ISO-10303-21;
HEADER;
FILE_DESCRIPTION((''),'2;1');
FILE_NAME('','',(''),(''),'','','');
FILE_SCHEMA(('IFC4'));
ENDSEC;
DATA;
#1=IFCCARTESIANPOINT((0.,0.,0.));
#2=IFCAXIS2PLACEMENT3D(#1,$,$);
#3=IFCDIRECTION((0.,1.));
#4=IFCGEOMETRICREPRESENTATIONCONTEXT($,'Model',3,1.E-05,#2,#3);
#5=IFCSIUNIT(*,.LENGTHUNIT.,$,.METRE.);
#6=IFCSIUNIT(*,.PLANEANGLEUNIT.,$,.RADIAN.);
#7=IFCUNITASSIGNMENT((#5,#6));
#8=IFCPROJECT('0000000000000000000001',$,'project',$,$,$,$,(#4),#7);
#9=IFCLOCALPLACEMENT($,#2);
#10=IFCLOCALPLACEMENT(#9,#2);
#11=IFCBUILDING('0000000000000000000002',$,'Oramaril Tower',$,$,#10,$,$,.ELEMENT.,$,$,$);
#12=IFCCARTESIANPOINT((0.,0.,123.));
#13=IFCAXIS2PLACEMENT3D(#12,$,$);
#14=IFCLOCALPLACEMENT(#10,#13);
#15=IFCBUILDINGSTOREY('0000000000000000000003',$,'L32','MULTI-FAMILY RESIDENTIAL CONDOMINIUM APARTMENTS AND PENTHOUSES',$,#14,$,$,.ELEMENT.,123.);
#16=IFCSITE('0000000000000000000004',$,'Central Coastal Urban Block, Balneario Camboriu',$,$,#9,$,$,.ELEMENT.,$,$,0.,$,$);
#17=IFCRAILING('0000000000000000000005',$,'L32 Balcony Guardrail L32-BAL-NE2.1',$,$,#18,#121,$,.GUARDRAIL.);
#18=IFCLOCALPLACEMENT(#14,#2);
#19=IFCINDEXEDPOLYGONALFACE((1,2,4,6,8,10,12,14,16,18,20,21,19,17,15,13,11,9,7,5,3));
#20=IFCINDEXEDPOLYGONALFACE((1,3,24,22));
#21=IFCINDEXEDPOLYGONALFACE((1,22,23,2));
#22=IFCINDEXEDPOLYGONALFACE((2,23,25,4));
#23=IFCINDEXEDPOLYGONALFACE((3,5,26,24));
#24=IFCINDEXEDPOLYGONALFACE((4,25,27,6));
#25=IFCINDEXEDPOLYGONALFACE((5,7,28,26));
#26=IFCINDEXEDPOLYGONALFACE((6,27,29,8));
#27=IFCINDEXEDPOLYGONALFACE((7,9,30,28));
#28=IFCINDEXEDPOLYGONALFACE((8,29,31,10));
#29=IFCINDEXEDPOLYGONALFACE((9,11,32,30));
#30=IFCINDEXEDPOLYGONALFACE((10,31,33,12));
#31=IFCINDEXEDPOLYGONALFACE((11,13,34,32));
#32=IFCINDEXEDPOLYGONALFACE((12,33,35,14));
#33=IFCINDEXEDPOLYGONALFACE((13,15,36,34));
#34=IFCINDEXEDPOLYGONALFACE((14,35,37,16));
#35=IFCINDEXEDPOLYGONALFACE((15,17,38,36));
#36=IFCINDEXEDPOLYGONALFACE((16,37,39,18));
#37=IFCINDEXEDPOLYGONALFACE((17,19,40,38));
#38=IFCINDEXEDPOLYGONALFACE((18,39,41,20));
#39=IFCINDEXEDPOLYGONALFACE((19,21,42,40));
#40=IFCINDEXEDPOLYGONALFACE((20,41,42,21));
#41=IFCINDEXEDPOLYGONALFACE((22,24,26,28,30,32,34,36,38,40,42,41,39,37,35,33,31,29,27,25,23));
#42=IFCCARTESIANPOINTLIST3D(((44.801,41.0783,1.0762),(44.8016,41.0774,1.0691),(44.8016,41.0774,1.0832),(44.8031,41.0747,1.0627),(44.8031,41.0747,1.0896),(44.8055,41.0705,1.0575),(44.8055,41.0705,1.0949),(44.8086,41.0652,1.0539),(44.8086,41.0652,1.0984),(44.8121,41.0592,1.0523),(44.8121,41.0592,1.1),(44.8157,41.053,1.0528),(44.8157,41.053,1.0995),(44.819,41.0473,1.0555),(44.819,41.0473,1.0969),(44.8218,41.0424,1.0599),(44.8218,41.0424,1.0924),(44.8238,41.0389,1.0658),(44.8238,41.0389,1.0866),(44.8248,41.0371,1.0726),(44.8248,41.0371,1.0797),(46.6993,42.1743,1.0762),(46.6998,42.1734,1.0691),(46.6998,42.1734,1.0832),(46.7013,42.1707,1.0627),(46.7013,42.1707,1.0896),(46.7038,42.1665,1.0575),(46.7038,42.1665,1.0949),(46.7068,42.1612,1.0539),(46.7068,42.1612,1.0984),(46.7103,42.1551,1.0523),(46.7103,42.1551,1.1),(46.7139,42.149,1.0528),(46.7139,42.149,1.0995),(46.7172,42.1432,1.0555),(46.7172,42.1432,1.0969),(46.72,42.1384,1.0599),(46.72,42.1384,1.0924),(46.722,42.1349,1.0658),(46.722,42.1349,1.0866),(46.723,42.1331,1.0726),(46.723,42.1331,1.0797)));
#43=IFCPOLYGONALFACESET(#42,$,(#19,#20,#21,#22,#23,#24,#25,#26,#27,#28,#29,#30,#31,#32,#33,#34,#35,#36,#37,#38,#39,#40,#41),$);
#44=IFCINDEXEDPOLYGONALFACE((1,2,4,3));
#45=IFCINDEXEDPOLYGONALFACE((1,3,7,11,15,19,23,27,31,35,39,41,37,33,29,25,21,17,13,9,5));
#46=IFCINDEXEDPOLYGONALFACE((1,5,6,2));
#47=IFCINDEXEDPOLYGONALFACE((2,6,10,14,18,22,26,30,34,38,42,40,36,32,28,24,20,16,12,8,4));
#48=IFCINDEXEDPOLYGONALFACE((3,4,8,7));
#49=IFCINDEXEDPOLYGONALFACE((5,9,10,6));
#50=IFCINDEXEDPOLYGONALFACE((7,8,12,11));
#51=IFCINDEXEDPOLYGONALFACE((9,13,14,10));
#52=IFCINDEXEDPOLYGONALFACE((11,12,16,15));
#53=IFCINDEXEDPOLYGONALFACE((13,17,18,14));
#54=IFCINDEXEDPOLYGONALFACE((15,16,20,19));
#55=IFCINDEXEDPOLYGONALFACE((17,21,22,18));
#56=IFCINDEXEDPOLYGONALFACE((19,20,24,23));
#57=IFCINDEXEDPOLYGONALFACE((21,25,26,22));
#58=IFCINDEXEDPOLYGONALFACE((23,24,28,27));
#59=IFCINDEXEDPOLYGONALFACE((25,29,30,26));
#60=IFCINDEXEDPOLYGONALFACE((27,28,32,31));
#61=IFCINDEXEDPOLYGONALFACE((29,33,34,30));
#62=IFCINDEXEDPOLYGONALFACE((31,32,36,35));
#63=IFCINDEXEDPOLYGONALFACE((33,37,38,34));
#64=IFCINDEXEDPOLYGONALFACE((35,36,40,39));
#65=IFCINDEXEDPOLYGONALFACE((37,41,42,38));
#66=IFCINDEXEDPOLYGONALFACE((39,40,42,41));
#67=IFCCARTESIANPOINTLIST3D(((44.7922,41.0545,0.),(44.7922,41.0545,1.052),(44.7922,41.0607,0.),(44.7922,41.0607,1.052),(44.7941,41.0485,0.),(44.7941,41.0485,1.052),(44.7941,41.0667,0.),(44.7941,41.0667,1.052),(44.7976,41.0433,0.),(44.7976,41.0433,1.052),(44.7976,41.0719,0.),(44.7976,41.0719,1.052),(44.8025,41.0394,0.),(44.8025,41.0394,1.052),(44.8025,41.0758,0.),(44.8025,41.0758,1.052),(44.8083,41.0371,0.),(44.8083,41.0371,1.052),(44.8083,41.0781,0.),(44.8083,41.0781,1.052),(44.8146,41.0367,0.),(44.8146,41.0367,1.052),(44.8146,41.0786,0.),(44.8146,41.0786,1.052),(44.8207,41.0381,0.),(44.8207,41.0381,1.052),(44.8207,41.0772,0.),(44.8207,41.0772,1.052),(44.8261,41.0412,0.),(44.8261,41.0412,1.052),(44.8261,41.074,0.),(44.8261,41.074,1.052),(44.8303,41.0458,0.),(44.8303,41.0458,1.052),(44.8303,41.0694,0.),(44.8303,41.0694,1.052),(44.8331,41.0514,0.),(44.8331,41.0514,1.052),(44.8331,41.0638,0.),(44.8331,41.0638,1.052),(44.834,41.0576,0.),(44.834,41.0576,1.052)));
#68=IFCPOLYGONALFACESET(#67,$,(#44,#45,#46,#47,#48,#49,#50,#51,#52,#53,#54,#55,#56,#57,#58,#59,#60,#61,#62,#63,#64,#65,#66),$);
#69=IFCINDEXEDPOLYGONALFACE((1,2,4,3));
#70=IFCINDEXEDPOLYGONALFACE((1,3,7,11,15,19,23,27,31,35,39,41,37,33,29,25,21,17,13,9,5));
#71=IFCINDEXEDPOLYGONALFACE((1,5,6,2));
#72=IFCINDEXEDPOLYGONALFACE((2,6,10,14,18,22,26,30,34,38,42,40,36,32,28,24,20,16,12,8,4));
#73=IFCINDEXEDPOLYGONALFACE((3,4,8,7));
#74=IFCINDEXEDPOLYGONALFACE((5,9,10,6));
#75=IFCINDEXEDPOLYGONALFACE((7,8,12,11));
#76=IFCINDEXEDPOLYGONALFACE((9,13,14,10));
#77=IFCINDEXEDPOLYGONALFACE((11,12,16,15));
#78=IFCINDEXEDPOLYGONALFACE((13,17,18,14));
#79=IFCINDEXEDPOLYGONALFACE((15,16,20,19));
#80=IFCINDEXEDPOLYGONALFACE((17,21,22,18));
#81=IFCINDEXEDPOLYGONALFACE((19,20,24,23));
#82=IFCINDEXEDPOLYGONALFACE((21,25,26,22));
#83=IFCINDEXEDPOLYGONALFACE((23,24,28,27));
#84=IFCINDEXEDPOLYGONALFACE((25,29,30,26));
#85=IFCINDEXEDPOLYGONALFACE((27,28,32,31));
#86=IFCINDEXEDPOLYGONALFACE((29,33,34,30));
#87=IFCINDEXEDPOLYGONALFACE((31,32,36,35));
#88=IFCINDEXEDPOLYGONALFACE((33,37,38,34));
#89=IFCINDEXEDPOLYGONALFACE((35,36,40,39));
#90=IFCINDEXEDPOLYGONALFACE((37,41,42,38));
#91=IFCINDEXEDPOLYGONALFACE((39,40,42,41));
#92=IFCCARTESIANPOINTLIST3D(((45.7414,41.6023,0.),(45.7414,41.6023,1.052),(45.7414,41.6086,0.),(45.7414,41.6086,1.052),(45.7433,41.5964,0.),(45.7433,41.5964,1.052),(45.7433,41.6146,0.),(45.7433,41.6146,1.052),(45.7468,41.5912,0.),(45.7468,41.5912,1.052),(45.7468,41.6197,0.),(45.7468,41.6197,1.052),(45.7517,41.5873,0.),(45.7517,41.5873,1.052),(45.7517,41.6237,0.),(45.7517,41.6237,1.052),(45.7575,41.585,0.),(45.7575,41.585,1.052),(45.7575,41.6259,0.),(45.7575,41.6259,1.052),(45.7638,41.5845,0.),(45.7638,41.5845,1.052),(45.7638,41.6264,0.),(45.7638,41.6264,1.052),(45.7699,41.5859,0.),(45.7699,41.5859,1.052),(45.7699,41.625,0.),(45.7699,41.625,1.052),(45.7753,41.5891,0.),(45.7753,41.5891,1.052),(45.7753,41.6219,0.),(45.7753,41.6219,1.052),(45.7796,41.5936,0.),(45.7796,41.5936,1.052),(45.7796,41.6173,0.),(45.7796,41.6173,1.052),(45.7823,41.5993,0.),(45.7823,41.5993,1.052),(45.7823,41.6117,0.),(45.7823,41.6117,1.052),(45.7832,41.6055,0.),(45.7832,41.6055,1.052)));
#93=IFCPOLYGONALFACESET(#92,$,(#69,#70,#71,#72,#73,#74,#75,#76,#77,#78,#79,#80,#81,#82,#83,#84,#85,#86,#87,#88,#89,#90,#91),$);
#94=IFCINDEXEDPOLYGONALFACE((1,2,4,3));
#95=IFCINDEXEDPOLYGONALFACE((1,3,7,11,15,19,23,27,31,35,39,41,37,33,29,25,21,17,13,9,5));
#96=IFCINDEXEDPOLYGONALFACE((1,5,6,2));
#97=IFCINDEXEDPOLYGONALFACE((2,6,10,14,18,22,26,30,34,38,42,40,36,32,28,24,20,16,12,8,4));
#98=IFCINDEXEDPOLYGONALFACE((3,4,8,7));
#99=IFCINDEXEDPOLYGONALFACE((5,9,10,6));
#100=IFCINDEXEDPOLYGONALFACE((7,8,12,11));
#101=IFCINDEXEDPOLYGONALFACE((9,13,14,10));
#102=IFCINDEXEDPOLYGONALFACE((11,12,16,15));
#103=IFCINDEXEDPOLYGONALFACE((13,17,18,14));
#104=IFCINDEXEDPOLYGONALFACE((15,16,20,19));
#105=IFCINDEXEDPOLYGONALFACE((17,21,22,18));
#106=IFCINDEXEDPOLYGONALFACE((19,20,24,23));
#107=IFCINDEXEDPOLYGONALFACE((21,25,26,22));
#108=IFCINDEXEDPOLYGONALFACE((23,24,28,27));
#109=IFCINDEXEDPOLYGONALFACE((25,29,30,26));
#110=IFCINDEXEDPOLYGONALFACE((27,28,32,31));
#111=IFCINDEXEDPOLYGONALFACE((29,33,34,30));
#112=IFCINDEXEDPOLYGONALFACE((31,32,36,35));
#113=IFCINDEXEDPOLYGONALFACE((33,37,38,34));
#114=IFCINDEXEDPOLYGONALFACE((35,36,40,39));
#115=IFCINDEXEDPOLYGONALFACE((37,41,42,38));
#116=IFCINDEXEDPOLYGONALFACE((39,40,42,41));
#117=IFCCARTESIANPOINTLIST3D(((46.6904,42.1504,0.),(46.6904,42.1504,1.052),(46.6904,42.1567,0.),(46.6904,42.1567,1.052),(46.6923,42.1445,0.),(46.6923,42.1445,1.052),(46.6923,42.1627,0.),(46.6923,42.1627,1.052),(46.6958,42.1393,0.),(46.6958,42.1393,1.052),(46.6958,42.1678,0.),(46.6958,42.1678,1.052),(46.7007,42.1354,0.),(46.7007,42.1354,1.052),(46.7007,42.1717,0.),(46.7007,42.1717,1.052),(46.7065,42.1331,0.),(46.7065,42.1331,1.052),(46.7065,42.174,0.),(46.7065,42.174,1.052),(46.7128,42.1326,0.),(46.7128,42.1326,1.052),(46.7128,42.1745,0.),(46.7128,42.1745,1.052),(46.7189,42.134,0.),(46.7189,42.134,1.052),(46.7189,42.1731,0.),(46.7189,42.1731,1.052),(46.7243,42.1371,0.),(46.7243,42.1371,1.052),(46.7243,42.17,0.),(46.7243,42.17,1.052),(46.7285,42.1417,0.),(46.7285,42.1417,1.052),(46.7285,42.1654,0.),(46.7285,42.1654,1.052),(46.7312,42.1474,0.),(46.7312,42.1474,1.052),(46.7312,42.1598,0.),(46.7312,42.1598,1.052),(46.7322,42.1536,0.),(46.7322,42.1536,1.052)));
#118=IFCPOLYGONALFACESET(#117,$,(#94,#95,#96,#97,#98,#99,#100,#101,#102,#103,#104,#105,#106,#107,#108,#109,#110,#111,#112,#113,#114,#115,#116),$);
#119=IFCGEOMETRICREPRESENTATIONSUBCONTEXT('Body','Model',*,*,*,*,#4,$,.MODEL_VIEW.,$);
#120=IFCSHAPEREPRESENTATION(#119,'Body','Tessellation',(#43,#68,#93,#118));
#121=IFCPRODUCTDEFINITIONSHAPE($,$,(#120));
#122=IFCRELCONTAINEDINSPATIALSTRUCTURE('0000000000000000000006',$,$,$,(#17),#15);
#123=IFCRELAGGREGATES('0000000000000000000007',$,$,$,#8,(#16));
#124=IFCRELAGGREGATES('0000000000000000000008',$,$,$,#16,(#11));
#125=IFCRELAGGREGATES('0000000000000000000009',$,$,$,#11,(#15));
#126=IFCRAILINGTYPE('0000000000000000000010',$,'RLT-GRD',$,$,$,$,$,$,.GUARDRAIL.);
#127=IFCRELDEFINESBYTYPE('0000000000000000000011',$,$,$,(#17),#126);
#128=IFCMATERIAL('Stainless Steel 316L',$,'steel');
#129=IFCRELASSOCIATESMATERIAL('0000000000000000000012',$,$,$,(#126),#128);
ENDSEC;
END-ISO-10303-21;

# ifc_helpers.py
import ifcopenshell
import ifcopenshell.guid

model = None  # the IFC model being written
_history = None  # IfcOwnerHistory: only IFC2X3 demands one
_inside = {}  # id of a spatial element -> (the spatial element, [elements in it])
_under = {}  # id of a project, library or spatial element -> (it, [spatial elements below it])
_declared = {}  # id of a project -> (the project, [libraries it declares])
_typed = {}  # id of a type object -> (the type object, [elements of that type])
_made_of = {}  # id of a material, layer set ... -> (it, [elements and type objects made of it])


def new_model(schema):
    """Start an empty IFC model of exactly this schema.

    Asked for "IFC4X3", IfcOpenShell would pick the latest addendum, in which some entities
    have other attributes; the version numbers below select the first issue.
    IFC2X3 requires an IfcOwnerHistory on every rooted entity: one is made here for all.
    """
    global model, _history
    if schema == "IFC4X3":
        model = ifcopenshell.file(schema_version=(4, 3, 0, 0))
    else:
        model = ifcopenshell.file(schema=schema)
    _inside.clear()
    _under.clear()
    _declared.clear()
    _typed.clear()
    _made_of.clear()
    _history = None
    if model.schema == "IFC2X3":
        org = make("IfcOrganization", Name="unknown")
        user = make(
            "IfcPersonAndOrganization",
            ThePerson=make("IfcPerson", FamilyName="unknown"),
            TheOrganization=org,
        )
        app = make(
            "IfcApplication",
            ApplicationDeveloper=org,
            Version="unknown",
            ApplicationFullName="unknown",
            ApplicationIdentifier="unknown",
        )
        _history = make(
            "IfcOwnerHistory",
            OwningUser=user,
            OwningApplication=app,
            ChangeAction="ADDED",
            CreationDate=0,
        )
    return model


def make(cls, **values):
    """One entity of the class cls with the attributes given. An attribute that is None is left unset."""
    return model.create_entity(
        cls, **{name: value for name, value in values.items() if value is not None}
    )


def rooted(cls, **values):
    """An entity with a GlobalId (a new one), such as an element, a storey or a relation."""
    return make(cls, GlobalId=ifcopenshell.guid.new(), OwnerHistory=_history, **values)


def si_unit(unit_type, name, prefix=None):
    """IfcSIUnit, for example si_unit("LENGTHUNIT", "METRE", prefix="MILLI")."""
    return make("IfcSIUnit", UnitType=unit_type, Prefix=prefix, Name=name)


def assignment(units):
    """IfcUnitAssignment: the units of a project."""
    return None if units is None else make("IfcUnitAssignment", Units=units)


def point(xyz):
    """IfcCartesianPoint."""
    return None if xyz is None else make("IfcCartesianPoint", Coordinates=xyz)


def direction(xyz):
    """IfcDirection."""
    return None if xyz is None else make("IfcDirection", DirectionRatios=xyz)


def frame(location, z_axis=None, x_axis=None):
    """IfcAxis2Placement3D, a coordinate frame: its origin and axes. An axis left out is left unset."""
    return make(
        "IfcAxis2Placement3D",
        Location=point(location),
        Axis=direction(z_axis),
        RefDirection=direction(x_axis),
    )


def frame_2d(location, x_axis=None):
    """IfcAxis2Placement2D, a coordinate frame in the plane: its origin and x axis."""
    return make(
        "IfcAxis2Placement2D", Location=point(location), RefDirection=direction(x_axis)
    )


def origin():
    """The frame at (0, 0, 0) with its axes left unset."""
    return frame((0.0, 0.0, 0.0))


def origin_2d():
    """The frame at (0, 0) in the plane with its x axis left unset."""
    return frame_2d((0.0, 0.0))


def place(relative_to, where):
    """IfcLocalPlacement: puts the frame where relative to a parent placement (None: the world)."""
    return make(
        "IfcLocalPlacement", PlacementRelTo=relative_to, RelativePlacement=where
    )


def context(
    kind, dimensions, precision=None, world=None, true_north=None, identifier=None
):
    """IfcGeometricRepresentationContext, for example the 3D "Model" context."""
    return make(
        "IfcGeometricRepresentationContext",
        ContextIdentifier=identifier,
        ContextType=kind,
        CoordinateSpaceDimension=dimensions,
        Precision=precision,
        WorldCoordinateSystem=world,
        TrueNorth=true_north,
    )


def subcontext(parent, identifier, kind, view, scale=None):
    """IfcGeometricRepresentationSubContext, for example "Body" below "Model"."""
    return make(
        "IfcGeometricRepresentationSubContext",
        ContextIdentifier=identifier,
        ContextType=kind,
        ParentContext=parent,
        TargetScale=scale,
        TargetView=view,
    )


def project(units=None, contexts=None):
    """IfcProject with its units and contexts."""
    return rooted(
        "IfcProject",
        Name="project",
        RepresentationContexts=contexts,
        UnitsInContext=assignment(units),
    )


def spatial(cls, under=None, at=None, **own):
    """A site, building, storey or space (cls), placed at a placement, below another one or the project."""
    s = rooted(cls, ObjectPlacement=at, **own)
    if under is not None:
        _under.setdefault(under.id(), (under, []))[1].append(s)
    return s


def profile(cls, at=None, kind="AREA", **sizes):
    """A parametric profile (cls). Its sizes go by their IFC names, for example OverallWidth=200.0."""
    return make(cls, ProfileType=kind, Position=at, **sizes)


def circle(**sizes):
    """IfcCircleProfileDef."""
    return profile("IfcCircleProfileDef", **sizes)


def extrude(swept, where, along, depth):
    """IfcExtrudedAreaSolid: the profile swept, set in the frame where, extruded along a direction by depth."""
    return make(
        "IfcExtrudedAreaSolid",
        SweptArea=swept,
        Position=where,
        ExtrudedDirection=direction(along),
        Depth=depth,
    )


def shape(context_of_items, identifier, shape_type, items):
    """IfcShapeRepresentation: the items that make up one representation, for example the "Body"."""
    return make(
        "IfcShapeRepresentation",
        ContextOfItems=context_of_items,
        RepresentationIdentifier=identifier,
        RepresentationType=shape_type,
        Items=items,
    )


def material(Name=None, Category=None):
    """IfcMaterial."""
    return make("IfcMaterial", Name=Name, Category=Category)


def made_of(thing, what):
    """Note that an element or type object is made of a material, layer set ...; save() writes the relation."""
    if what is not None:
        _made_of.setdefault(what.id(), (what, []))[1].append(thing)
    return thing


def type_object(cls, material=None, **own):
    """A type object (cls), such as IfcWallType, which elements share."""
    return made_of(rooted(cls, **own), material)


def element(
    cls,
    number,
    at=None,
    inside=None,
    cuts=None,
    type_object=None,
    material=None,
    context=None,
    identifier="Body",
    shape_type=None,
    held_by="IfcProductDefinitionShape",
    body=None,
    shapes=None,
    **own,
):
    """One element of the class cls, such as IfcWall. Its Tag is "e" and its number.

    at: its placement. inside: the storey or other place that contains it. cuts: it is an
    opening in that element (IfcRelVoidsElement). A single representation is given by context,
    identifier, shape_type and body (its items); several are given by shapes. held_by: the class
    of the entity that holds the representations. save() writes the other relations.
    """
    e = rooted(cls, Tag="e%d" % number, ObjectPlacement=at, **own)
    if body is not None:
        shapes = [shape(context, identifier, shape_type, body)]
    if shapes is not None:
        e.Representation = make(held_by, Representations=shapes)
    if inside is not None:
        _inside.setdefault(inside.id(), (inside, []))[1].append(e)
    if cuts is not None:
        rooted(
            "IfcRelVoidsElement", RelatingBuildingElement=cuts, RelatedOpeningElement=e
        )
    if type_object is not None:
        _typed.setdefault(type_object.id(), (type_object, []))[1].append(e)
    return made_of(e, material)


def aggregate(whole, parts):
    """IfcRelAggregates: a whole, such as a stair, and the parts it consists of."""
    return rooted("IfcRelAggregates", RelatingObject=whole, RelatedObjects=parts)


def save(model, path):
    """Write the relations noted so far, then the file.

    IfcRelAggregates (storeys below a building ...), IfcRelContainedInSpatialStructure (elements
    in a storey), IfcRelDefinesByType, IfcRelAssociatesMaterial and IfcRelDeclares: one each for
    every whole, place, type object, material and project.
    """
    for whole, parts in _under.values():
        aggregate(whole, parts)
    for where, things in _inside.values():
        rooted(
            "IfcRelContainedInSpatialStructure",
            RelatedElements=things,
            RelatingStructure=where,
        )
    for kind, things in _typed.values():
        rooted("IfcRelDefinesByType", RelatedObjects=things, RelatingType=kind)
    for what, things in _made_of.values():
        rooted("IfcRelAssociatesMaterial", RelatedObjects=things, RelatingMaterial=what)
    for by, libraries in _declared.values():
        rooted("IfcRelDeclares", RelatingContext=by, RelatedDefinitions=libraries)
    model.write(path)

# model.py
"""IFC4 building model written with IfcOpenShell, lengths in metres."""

from ifc_helpers import new_model, si_unit, direction, frame, origin, origin_2d, place, context, subcontext, project, spatial, circle, extrude, material, type_object, element, save


model = new_model("IFC4")

# Units and contexts
model_context = context("Model", 3, precision=1e-05, world=origin(), true_north=direction((0.0, 1.0)))
body_context = subcontext(model_context, "Body", "Model", "MODEL_VIEW")
ifc_project = project(units=[si_unit("LENGTHUNIT", "METRE"), si_unit("PLANEANGLEUNIT", "RADIAN")], contexts=[model_context])

# Site, building, storey
site_placement = place(None, origin())
site = spatial("IfcSite", under=ifc_project, at=site_placement, Name="Central Coastal Urban Block, Balneario Camboriu", CompositionType="ELEMENT", RefElevation=0.0)
building_placement = place(site_placement, origin())
building = spatial("IfcBuilding", under=site, at=building_placement, Name="Oramaril Tower", CompositionType="ELEMENT")
storey_placement = place(building_placement, frame((0.0, 0.0, 123.0)))
storey = spatial("IfcBuildingStorey", under=building, at=storey_placement, Name="L32", Description="MULTI-FAMILY RESIDENTIAL CONDOMINIUM APARTMENTS AND PENTHOUSES", CompositionType="ELEMENT", Elevation=123.0)

# Railing
ifc_material_1 = material(Name="Stainless Steel 316L", Category="steel")
railing_type = type_object("IfcRailingType", Name="RLT-GRD", PredefinedType="GUARDRAIL", material=ifc_material_1)
railing_placement = place(storey_placement, frame((44.813, 41.0576, 0.0)))
element("IfcRailing", 1, at=railing_placement, inside=storey, type_object=railing_type, Name="L32 Balcony Guardrail L32-BAL-NE2.1", PredefinedType="GUARDRAIL", context=body_context, shape_type="SweptSolid", body=[
    extrude(circle(Radius=0.0239, at=origin_2d()), frame((0.0, 0.0, 1.0762), z_axis=(0.866021, 0.500008, 0.0), x_axis=(-0.500008, 0.866021, 0.0)), (0.0, 0.0, 1.0), 2.1919),
    extrude(circle(Radius=0.021, at=origin_2d()), origin(), (0.0, 0.0, 1.0), 1.052),
    extrude(circle(Radius=0.021, at=origin_2d()), frame((0.9492, 0.5479, 0.0)), (0.0, 0.0, 1.0), 1.052),
    extrude(circle(Radius=0.021, at=origin_2d()), frame((1.8982, 1.0959, 0.0)), (0.0, 0.0, 1.0), 1.052),
])

save(model, "model.ifc")
